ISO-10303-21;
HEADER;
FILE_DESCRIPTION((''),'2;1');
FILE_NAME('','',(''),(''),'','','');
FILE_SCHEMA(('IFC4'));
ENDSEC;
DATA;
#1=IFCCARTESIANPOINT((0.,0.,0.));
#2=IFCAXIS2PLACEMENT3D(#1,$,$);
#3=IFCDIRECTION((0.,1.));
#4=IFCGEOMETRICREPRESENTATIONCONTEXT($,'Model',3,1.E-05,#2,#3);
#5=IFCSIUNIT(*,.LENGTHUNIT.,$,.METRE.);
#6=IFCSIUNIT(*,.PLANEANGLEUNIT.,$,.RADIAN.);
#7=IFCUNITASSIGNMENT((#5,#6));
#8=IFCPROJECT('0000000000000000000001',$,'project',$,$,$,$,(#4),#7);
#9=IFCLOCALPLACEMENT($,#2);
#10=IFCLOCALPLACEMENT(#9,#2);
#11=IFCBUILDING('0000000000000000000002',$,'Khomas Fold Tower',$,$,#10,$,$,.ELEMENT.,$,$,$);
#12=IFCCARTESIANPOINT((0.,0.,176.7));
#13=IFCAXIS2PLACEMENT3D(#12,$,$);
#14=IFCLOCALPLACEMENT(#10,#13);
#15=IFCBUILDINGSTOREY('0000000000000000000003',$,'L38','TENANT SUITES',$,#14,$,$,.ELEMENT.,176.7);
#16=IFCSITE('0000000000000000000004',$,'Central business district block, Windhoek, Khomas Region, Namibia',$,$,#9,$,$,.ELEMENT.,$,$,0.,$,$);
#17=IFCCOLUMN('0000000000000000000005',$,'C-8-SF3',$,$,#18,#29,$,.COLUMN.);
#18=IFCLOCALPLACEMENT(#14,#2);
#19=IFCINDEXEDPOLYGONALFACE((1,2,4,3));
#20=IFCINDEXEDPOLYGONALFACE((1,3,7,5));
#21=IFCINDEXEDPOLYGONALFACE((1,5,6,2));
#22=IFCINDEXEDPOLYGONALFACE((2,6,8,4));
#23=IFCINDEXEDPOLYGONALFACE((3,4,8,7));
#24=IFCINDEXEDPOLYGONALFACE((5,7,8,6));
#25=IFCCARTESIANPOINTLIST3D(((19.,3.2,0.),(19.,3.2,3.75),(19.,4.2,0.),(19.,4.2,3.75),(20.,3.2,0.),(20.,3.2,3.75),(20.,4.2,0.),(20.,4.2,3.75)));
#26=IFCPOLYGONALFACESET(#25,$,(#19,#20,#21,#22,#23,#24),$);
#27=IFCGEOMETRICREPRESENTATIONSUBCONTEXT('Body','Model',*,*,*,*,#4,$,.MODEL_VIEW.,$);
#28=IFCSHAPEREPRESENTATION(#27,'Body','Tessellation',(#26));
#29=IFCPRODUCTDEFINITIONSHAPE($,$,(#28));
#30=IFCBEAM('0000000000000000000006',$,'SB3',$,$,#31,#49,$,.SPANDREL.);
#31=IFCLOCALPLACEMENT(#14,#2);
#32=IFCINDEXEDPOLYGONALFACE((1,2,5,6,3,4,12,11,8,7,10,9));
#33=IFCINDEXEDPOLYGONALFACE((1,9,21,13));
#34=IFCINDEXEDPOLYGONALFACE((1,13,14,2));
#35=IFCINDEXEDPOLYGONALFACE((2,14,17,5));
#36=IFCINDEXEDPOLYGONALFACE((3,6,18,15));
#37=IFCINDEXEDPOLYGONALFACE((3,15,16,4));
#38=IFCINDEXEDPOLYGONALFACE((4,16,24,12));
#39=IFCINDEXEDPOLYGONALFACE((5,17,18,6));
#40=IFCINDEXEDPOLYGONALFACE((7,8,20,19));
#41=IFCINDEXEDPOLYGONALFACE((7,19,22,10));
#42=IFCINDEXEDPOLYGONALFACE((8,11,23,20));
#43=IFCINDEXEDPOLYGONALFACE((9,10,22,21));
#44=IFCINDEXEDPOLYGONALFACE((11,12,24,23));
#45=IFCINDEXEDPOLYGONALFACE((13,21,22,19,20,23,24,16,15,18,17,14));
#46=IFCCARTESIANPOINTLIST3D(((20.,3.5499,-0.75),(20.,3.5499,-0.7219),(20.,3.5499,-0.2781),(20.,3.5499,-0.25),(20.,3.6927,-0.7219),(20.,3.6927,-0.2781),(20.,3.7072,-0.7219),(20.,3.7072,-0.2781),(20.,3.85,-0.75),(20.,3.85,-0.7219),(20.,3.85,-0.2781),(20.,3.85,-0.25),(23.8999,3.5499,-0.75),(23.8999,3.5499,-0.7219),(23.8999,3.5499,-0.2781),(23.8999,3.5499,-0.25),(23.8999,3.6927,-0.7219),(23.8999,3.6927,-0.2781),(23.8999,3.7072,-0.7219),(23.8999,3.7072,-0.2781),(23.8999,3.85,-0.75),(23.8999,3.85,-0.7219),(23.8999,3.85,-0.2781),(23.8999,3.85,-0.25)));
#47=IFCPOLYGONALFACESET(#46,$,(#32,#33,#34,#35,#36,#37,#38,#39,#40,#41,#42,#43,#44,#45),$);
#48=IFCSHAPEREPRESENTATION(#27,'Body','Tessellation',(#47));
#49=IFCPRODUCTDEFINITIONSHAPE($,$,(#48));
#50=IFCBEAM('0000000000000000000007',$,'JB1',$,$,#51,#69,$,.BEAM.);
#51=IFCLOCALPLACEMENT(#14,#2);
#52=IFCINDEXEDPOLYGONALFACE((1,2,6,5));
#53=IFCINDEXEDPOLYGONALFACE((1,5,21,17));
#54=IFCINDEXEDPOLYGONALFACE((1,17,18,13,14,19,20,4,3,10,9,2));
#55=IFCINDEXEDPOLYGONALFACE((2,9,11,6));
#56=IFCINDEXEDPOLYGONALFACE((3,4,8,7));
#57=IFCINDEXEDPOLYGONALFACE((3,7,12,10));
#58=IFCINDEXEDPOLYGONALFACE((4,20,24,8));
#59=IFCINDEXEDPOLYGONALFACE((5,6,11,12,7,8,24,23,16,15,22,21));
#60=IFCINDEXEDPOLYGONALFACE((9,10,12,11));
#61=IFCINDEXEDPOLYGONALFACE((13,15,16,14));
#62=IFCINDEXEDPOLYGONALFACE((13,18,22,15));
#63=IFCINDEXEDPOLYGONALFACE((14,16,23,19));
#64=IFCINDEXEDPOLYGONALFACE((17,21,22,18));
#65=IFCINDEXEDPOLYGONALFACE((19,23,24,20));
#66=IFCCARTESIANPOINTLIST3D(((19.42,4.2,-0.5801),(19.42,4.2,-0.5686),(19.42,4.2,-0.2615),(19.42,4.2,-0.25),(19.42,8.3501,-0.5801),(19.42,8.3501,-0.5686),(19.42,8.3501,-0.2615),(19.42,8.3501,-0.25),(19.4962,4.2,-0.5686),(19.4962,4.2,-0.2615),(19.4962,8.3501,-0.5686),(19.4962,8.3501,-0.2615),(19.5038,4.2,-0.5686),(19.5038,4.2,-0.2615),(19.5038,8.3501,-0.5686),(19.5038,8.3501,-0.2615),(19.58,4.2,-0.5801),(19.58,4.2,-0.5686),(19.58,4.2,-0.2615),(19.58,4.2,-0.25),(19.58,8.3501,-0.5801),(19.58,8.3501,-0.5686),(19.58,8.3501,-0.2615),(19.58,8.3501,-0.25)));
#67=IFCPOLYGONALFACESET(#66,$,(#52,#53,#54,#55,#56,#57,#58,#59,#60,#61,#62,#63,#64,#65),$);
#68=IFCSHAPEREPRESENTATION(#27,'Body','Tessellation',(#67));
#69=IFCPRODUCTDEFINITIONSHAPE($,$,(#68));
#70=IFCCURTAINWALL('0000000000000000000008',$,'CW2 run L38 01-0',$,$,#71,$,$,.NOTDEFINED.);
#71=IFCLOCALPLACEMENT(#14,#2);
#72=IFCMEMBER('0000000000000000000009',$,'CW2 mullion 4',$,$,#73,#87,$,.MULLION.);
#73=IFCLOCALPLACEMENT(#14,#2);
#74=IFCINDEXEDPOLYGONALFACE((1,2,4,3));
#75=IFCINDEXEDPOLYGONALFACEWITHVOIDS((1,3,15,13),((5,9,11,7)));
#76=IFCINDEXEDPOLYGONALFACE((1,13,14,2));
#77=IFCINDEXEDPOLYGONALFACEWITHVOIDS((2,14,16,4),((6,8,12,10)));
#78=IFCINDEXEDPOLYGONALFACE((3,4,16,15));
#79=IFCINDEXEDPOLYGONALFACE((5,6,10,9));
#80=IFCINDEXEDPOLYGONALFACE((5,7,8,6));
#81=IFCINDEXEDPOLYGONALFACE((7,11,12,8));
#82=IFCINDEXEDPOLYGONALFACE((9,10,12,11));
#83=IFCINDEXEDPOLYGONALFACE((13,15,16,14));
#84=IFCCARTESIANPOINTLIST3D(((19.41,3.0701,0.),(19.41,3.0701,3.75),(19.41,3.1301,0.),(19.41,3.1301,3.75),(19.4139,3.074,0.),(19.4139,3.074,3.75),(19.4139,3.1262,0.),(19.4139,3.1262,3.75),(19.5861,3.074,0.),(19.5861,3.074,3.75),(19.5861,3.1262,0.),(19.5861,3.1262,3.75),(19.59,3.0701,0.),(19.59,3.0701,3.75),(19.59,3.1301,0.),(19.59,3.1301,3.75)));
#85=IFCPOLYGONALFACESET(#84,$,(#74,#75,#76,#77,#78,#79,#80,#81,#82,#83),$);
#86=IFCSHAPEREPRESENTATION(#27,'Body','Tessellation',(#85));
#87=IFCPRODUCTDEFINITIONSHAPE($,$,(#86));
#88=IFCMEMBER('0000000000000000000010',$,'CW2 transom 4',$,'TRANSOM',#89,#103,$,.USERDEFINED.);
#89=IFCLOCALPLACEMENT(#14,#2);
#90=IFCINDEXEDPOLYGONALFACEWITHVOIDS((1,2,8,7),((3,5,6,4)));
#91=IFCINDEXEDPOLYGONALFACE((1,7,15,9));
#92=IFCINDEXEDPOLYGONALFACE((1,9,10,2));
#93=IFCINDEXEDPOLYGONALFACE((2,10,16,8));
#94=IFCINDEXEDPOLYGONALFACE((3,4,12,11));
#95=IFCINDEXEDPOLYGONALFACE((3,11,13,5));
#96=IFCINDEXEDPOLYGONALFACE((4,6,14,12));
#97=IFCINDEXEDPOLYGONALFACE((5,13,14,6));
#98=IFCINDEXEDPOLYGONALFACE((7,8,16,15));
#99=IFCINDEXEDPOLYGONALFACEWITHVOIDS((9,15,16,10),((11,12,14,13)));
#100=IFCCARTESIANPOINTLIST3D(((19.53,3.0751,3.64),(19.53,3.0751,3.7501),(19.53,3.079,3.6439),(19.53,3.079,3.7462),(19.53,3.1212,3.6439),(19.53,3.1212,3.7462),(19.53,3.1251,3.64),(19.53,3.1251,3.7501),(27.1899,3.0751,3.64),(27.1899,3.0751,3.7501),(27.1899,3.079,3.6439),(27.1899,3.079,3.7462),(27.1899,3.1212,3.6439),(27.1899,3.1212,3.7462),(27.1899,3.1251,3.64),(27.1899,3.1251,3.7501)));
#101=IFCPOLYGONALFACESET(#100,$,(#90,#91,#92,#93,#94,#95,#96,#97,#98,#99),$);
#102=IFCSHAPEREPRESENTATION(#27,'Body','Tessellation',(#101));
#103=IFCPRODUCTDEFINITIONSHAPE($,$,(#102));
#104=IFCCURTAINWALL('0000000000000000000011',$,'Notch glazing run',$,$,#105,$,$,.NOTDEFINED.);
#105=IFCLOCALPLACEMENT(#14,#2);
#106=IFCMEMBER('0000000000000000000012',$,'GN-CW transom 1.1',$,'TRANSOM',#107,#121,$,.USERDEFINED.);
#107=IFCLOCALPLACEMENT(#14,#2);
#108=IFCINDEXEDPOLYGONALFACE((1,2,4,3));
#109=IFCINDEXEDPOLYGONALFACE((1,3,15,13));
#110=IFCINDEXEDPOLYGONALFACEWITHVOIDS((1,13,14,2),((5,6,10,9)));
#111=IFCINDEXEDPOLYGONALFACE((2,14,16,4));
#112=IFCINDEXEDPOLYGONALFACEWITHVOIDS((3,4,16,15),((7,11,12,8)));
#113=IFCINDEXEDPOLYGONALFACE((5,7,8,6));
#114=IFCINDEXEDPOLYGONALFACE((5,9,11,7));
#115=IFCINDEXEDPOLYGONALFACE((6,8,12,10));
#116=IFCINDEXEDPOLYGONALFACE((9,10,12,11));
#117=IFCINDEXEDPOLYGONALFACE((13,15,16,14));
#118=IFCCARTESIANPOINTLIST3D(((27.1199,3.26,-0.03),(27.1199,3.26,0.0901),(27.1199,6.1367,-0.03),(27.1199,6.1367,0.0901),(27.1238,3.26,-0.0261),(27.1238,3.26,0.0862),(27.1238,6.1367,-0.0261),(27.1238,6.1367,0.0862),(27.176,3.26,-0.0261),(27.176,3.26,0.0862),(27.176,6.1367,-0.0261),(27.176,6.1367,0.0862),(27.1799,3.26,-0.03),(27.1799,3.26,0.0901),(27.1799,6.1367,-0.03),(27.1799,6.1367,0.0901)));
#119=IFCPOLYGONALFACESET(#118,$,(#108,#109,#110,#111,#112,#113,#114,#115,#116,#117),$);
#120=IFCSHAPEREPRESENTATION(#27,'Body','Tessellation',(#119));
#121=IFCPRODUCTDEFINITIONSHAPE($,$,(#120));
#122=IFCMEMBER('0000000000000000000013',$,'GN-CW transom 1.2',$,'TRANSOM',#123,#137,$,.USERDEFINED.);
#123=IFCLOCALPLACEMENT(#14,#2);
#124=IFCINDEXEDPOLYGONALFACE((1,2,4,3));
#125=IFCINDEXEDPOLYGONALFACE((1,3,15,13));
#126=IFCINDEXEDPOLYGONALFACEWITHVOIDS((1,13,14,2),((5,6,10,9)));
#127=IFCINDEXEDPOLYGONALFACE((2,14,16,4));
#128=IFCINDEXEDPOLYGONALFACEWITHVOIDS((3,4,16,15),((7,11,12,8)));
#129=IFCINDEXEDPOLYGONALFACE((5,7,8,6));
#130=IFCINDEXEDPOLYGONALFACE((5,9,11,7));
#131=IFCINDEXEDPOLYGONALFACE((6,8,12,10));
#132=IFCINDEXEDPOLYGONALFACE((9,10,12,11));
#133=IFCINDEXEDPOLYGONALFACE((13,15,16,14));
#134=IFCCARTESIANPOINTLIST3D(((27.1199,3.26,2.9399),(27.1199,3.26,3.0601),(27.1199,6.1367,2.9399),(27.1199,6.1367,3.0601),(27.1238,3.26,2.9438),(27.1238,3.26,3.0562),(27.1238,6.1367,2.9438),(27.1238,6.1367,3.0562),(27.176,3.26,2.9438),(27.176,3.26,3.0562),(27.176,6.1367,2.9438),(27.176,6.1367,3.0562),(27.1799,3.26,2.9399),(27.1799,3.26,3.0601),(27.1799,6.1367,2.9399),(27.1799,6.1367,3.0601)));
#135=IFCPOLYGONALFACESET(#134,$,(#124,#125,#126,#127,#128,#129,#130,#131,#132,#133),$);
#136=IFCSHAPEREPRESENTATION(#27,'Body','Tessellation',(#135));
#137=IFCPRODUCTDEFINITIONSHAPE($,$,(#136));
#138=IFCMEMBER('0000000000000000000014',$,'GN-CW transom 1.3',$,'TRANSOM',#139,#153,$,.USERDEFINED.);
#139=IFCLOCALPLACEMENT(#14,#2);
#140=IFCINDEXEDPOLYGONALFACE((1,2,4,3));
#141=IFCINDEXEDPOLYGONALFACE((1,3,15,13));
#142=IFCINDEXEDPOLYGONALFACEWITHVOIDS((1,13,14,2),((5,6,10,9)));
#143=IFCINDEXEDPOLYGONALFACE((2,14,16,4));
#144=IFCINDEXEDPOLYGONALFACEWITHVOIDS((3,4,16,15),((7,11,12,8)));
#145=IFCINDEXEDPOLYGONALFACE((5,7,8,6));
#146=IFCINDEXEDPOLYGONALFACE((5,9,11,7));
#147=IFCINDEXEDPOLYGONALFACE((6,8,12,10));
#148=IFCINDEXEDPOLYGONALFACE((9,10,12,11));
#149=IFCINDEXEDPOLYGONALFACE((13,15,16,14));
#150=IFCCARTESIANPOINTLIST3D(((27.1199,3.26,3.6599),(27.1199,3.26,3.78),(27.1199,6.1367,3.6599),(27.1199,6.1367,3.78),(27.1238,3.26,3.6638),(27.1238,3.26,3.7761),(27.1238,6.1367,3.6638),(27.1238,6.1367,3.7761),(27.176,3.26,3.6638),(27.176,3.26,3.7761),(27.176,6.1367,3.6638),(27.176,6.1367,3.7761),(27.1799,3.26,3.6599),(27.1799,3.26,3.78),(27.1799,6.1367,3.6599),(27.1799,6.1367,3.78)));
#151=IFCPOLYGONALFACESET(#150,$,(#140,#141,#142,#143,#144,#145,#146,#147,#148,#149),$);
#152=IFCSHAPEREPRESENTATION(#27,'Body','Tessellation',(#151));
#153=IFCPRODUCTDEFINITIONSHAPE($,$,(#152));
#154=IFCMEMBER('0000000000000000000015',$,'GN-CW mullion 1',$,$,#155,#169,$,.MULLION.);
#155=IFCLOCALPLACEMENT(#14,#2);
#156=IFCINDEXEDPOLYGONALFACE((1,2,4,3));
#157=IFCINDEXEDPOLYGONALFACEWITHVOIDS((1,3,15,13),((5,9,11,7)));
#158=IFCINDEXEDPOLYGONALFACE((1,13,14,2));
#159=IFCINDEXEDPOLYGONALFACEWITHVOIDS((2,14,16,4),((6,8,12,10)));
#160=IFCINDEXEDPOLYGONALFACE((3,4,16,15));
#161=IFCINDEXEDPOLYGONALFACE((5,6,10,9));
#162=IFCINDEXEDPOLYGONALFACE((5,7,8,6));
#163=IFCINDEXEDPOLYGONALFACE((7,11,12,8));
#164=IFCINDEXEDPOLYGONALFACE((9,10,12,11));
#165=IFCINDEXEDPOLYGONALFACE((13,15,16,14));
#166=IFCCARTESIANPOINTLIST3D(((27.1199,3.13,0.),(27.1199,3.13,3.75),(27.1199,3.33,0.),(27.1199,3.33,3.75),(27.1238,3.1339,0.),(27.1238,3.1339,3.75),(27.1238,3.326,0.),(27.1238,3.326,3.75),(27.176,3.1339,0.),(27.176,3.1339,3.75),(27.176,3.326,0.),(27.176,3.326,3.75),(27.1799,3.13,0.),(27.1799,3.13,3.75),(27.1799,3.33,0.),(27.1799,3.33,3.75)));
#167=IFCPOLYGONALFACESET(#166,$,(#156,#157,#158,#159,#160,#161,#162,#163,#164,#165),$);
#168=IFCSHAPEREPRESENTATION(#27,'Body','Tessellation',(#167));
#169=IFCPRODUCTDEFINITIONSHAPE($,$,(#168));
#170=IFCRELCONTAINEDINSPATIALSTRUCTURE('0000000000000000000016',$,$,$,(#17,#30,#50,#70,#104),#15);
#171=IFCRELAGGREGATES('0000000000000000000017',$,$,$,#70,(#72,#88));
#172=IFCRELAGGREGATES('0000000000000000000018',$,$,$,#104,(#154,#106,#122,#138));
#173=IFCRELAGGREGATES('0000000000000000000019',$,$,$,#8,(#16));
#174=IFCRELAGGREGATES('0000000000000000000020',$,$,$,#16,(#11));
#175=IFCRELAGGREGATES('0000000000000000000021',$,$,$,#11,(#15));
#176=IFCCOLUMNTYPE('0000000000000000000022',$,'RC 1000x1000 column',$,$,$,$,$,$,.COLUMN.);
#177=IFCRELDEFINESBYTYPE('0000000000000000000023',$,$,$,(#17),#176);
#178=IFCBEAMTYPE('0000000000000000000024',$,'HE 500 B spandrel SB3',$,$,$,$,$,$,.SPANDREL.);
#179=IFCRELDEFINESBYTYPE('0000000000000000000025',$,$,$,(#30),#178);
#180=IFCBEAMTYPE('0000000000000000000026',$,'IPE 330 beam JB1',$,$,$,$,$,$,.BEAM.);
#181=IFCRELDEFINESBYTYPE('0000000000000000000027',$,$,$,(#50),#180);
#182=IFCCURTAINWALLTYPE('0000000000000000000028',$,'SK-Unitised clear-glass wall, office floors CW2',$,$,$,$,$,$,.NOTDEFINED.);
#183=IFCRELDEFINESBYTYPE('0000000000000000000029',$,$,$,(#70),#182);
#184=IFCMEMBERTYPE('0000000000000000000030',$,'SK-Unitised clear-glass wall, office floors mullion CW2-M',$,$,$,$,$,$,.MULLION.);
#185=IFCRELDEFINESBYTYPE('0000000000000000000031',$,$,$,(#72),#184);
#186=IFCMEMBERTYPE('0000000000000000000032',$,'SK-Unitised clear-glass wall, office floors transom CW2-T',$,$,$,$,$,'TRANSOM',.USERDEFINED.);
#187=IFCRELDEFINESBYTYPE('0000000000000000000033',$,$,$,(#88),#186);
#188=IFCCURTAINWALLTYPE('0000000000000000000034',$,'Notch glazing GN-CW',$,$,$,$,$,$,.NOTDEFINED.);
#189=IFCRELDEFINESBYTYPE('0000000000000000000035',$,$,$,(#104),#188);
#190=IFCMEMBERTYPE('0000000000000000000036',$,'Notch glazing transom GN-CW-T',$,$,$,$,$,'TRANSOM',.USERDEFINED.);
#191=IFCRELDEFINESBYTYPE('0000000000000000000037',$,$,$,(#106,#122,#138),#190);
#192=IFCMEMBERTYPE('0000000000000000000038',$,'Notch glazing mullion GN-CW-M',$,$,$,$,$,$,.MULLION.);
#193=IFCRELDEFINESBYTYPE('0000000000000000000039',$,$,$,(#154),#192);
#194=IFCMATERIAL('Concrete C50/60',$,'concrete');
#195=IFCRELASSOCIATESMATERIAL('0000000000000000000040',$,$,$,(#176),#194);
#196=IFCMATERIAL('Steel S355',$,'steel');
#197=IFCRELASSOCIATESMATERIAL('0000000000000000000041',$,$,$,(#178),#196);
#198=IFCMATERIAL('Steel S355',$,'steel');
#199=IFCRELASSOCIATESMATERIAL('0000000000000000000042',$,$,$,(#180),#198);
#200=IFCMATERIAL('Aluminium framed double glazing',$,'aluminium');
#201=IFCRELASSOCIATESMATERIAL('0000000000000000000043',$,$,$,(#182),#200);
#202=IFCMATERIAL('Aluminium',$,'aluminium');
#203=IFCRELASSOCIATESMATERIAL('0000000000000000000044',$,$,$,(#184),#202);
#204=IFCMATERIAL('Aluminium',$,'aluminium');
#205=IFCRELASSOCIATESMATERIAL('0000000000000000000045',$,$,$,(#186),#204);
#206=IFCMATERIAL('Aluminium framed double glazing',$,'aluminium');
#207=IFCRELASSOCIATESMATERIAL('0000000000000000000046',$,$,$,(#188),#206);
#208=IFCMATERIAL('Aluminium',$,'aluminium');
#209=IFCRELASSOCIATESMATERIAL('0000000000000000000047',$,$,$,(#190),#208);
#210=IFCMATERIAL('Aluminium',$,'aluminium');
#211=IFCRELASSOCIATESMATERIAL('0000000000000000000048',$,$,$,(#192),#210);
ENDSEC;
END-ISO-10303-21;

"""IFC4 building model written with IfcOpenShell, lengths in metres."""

from ifc_helpers import new_model, si_unit, direction, frame, origin, origin_2d, place, context, subcontext, project, spatial, rectangle, hollow_rectangle, i_section, extrude, source, transform, mapped, material, material_profile, profile_set, type_object, element, aggregate, save


model = new_model("IFC4")

# Units and contexts
model_context = context("Model", 3, precision=1e-05, world=origin(), true_north=direction((0.0, 1.0)))
body_context = subcontext(model_context, "Body", "Model", "MODEL_VIEW")
ifc_project = project(units=[si_unit("LENGTHUNIT", "METRE"), si_unit("PLANEANGLEUNIT", "RADIAN")], contexts=[model_context])

# Site, building, storey
site_placement = place(None, origin())
site = spatial("IfcSite", under=ifc_project, at=site_placement, Name="Central business district block, Windhoek, Khomas Region, Namibia", CompositionType="ELEMENT", RefElevation=0.0)
building_placement = place(site_placement, origin())
building = spatial("IfcBuilding", under=site, at=building_placement, Name="Khomas Fold Tower", CompositionType="ELEMENT")
storey_placement = place(building_placement, frame((0.0, 0.0, 176.7)))
storey = spatial("IfcBuildingStorey", under=building, at=storey_placement, Name="L38", Description="TENANT SUITES", CompositionType="ELEMENT", Elevation=176.7)

# Column
ifc_material_1 = material(Name="Concrete C50/60", Category="concrete")
ifc_material_profile_1 = material_profile(ifc_material_1, rectangle(XDim=1.0, YDim=1.0, at=origin_2d()), Name="RC 1000x1000")
ifc_profile_set_1 = profile_set([ifc_material_profile_1], Name="Concrete C50/60")
column_type = type_object("IfcColumnType", Name="RC 1000x1000 column", PredefinedType="COLUMN", material=ifc_profile_set_1)
shared_shape_1 = source(origin(), body_context, "Body", "SweptSolid", [
    extrude(rectangle(XDim=1.0, YDim=1.0, at=origin_2d()), origin(), (0.0, 0.0, 1.0), 3.75),
])
column_placement = place(storey_placement, frame((19.5, 3.7, 0.0), z_axis=(0.0, 0.0, 1.0), x_axis=(1.0, 0.0, 0.0)))
element("IfcColumn", 1, at=column_placement, inside=storey, type_object=column_type, Name="C-8-SF3", PredefinedType="COLUMN", context=body_context, shape_type="MappedRepresentation", body=[
    mapped(shared_shape_1, transform((0.0, 0.0, 0.0))),
])

# Beams
ifc_material_2 = material(Name="Steel S355", Category="steel")
ifc_material_profile_2 = material_profile(ifc_material_2, i_section(OverallWidth=0.3, OverallDepth=0.5, WebThickness=0.0144, FlangeThickness=0.0281, at=origin_2d()), Name="HE 500 B")
ifc_profile_set_2 = profile_set([ifc_material_profile_2], Name="Steel S355")
beam_type_1 = type_object("IfcBeamType", Name="HE 500 B spandrel SB3", PredefinedType="SPANDREL", material=ifc_profile_set_2)
shared_shape_2 = source(origin(), body_context, "Body", "SweptSolid", [
    extrude(i_section(OverallWidth=0.3, OverallDepth=0.5, WebThickness=0.0144, FlangeThickness=0.0281, at=origin_2d()), origin(), (0.0, 0.0, 1.0), 3.8999),
])
beam_1_placement = place(storey_placement, frame((20.0, 3.7, -0.5), z_axis=(1.0, 0.0, 0.0), x_axis=(0.0, 1.0, 0.0)))
element("IfcBeam", 2, at=beam_1_placement, inside=storey, type_object=beam_type_1, Name="SB3", PredefinedType="SPANDREL", context=body_context, shape_type="MappedRepresentation", body=[
    mapped(shared_shape_2, transform((0.0, 0.0, 0.0))),
])
ifc_material_3 = material(Name="Steel S355", Category="steel")
ifc_material_profile_3 = material_profile(ifc_material_3, i_section(OverallWidth=0.1599, OverallDepth=0.3301, WebThickness=0.0076, FlangeThickness=0.0115, at=origin_2d()), Name="IPE 330")
ifc_profile_set_3 = profile_set([ifc_material_profile_3], Name="Steel S355")
beam_type_2 = type_object("IfcBeamType", Name="IPE 330 beam JB1", PredefinedType="BEAM", material=ifc_profile_set_3)
shared_shape_3 = source(origin(), body_context, "Body", "SweptSolid", [
    extrude(i_section(OverallWidth=0.1599, OverallDepth=0.3301, WebThickness=0.0076, FlangeThickness=0.0115, at=origin_2d()), origin(), (0.0, 0.0, 1.0), 4.1501),
])
beam_2_placement = place(storey_placement, frame((19.5, 4.2, -0.415), z_axis=(0.0, 1.0, 0.0), x_axis=(-1.0, 0.0, 0.0)))
element("IfcBeam", 3, at=beam_2_placement, inside=storey, type_object=beam_type_2, Name="JB1", PredefinedType="BEAM", context=body_context, shape_type="MappedRepresentation", body=[
    mapped(shared_shape_3, transform((0.0, 0.0, 0.0))),
])

# Curtain walls, members
ifc_material_4 = material(Name="Aluminium framed double glazing", Category="aluminium")
curtain_wall_type_1 = type_object("IfcCurtainWallType", Name="SK-Unitised clear-glass wall, office floors CW2", PredefinedType="NOTDEFINED", material=ifc_material_4)
curtain_wall_1_placement = place(storey_placement, origin())
curtain_wall_1 = element("IfcCurtainWall", 4, at=curtain_wall_1_placement, inside=storey, type_object=curtain_wall_type_1, Name="CW2 run L38 01-0", PredefinedType="NOTDEFINED")
ifc_material_5 = material(Name="Aluminium", Category="aluminium")
ifc_material_profile_4 = material_profile(ifc_material_5, hollow_rectangle(XDim=0.0601, YDim=0.1799, WallThickness=0.0039, at=origin_2d()), Name="SK-Unitised clear-glass wall, office floors mullion CW2-M")
ifc_profile_set_4 = profile_set([ifc_material_profile_4], Name="Aluminium")
member_type_1 = type_object("IfcMemberType", Name="SK-Unitised clear-glass wall, office floors mullion CW2-M", PredefinedType="MULLION", material=ifc_profile_set_4)
shared_shape_4 = source(origin(), body_context, "Body", "SweptSolid", [
    extrude(hollow_rectangle(XDim=0.0601, YDim=0.1799, WallThickness=0.0039, at=origin_2d()), origin(), (0.0, 0.0, 1.0), 3.75),
])
member_1_placement = place(storey_placement, frame((19.5, 3.1001, 0.0), z_axis=(0.0, 0.0, 1.0), x_axis=(0.0, 1.0, 0.0)))
member_1 = element("IfcMember", 5, at=member_1_placement, type_object=member_type_1, Name="CW2 mullion 4", PredefinedType="MULLION", context=body_context, shape_type="MappedRepresentation", body=[
    mapped(shared_shape_4, transform((0.0, 0.0, 0.0))),
])
ifc_material_6 = material(Name="Aluminium", Category="aluminium")
ifc_material_profile_5 = material_profile(ifc_material_6, hollow_rectangle(XDim=0.05, YDim=0.1101, WallThickness=0.0039, at=origin_2d()), Name="SK-Unitised clear-glass wall, office floors transom CW2-T")
ifc_profile_set_5 = profile_set([ifc_material_profile_5], Name="Aluminium")
member_type_2 = type_object("IfcMemberType", Name="SK-Unitised clear-glass wall, office floors transom CW2-T", ElementType="TRANSOM", PredefinedType="USERDEFINED", material=ifc_profile_set_5)
shared_shape_5 = source(origin(), body_context, "Body", "SweptSolid", [
    extrude(hollow_rectangle(XDim=0.05, YDim=0.1101, WallThickness=0.0039, at=origin_2d()), origin(), (0.0, 0.0, 1.0), 7.6599),
])
member_2_placement = place(storey_placement, frame((19.53, 3.1001, 3.6951), z_axis=(1.0, 0.0, 0.0), x_axis=(0.0, 1.0, 0.0)))
member_2 = element("IfcMember", 6, at=member_2_placement, type_object=member_type_2, Name="CW2 transom 4", ObjectType="TRANSOM", PredefinedType="USERDEFINED", context=body_context, shape_type="MappedRepresentation", body=[
    mapped(shared_shape_5, transform((0.0, 0.0, 0.0))),
])
ifc_material_7 = material(Name="Aluminium framed double glazing", Category="aluminium")
curtain_wall_type_2 = type_object("IfcCurtainWallType", Name="Notch glazing GN-CW", PredefinedType="NOTDEFINED", material=ifc_material_7)
curtain_wall_2_placement = place(storey_placement, origin())
curtain_wall_2 = element("IfcCurtainWall", 7, at=curtain_wall_2_placement, inside=storey, type_object=curtain_wall_type_2, Name="Notch glazing run", PredefinedType="NOTDEFINED")
ifc_material_8 = material(Name="Aluminium", Category="aluminium")
ifc_material_profile_6 = material_profile(ifc_material_8, hollow_rectangle(XDim=0.0601, YDim=0.1201, WallThickness=0.0039, at=origin_2d()), Name="Notch glazing transom GN-CW-T")
ifc_profile_set_6 = profile_set([ifc_material_profile_6], Name="Aluminium")
member_type_3 = type_object("IfcMemberType", Name="Notch glazing transom GN-CW-T", ElementType="TRANSOM", PredefinedType="USERDEFINED", material=ifc_profile_set_6)
shared_shape_6 = source(origin(), body_context, "Body", "SweptSolid", [
    extrude(hollow_rectangle(XDim=0.0601, YDim=0.1201, WallThickness=0.0039, at=origin_2d()), origin(), (0.0, 0.0, 1.0), 2.8767),
])
member_3_placement = place(storey_placement, frame((27.1499, 3.26, 0.03), z_axis=(0.0, 1.0, 0.0), x_axis=(-1.0, 0.0, 0.0)))
member_3 = element("IfcMember", 8, at=member_3_placement, type_object=member_type_3, Name="GN-CW transom 1.1", ObjectType="TRANSOM", PredefinedType="USERDEFINED", context=body_context, shape_type="MappedRepresentation", body=[
    mapped(shared_shape_6, transform((0.0, 0.0, 0.0))),
])
member_4_placement = place(storey_placement, frame((27.1499, 3.26, 3.0), z_axis=(0.0, 1.0, 0.0), x_axis=(-1.0, 0.0, 0.0)))
member_4 = element("IfcMember", 9, at=member_4_placement, type_object=member_type_3, Name="GN-CW transom 1.2", ObjectType="TRANSOM", PredefinedType="USERDEFINED", context=body_context, shape_type="MappedRepresentation", body=[
    mapped(shared_shape_6, transform((0.0, 0.0, 0.0))),
])
member_5_placement = place(storey_placement, frame((27.1499, 3.26, 3.72), z_axis=(0.0, 1.0, 0.0), x_axis=(-1.0, 0.0, 0.0)))
member_5 = element("IfcMember", 10, at=member_5_placement, type_object=member_type_3, Name="GN-CW transom 1.3", ObjectType="TRANSOM", PredefinedType="USERDEFINED", context=body_context, shape_type="MappedRepresentation", body=[
    mapped(shared_shape_6, transform((0.0, 0.0, 0.0))),
])
ifc_material_9 = material(Name="Aluminium", Category="aluminium")
ifc_material_profile_7 = material_profile(ifc_material_9, hollow_rectangle(XDim=0.0601, YDim=0.2, WallThickness=0.0039, at=origin_2d()), Name="Notch glazing mullion GN-CW-M")
ifc_profile_set_7 = profile_set([ifc_material_profile_7], Name="Aluminium")
member_type_4 = type_object("IfcMemberType", Name="Notch glazing mullion GN-CW-M", PredefinedType="MULLION", material=ifc_profile_set_7)
shared_shape_7 = source(origin(), body_context, "Body", "SweptSolid", [
    extrude(hollow_rectangle(XDim=0.0601, YDim=0.2, WallThickness=0.0039, at=origin_2d()), origin(), (0.0, 0.0, 1.0), 3.75),
])
member_6_placement = place(storey_placement, frame((27.1499, 3.23, 0.0), z_axis=(0.0, 0.0, 1.0), x_axis=(-1.0, 0.0, 0.0)))
member_6 = element("IfcMember", 11, at=member_6_placement, type_object=member_type_4, Name="GN-CW mullion 1", PredefinedType="MULLION", context=body_context, shape_type="MappedRepresentation", body=[
    mapped(shared_shape_7, transform((0.0, 0.0, 0.0))),
])

aggregate(curtain_wall_1, [member_1, member_2])
aggregate(curtain_wall_2, [member_6, member_3, member_4, member_5])

save(model, "model.ifc")
